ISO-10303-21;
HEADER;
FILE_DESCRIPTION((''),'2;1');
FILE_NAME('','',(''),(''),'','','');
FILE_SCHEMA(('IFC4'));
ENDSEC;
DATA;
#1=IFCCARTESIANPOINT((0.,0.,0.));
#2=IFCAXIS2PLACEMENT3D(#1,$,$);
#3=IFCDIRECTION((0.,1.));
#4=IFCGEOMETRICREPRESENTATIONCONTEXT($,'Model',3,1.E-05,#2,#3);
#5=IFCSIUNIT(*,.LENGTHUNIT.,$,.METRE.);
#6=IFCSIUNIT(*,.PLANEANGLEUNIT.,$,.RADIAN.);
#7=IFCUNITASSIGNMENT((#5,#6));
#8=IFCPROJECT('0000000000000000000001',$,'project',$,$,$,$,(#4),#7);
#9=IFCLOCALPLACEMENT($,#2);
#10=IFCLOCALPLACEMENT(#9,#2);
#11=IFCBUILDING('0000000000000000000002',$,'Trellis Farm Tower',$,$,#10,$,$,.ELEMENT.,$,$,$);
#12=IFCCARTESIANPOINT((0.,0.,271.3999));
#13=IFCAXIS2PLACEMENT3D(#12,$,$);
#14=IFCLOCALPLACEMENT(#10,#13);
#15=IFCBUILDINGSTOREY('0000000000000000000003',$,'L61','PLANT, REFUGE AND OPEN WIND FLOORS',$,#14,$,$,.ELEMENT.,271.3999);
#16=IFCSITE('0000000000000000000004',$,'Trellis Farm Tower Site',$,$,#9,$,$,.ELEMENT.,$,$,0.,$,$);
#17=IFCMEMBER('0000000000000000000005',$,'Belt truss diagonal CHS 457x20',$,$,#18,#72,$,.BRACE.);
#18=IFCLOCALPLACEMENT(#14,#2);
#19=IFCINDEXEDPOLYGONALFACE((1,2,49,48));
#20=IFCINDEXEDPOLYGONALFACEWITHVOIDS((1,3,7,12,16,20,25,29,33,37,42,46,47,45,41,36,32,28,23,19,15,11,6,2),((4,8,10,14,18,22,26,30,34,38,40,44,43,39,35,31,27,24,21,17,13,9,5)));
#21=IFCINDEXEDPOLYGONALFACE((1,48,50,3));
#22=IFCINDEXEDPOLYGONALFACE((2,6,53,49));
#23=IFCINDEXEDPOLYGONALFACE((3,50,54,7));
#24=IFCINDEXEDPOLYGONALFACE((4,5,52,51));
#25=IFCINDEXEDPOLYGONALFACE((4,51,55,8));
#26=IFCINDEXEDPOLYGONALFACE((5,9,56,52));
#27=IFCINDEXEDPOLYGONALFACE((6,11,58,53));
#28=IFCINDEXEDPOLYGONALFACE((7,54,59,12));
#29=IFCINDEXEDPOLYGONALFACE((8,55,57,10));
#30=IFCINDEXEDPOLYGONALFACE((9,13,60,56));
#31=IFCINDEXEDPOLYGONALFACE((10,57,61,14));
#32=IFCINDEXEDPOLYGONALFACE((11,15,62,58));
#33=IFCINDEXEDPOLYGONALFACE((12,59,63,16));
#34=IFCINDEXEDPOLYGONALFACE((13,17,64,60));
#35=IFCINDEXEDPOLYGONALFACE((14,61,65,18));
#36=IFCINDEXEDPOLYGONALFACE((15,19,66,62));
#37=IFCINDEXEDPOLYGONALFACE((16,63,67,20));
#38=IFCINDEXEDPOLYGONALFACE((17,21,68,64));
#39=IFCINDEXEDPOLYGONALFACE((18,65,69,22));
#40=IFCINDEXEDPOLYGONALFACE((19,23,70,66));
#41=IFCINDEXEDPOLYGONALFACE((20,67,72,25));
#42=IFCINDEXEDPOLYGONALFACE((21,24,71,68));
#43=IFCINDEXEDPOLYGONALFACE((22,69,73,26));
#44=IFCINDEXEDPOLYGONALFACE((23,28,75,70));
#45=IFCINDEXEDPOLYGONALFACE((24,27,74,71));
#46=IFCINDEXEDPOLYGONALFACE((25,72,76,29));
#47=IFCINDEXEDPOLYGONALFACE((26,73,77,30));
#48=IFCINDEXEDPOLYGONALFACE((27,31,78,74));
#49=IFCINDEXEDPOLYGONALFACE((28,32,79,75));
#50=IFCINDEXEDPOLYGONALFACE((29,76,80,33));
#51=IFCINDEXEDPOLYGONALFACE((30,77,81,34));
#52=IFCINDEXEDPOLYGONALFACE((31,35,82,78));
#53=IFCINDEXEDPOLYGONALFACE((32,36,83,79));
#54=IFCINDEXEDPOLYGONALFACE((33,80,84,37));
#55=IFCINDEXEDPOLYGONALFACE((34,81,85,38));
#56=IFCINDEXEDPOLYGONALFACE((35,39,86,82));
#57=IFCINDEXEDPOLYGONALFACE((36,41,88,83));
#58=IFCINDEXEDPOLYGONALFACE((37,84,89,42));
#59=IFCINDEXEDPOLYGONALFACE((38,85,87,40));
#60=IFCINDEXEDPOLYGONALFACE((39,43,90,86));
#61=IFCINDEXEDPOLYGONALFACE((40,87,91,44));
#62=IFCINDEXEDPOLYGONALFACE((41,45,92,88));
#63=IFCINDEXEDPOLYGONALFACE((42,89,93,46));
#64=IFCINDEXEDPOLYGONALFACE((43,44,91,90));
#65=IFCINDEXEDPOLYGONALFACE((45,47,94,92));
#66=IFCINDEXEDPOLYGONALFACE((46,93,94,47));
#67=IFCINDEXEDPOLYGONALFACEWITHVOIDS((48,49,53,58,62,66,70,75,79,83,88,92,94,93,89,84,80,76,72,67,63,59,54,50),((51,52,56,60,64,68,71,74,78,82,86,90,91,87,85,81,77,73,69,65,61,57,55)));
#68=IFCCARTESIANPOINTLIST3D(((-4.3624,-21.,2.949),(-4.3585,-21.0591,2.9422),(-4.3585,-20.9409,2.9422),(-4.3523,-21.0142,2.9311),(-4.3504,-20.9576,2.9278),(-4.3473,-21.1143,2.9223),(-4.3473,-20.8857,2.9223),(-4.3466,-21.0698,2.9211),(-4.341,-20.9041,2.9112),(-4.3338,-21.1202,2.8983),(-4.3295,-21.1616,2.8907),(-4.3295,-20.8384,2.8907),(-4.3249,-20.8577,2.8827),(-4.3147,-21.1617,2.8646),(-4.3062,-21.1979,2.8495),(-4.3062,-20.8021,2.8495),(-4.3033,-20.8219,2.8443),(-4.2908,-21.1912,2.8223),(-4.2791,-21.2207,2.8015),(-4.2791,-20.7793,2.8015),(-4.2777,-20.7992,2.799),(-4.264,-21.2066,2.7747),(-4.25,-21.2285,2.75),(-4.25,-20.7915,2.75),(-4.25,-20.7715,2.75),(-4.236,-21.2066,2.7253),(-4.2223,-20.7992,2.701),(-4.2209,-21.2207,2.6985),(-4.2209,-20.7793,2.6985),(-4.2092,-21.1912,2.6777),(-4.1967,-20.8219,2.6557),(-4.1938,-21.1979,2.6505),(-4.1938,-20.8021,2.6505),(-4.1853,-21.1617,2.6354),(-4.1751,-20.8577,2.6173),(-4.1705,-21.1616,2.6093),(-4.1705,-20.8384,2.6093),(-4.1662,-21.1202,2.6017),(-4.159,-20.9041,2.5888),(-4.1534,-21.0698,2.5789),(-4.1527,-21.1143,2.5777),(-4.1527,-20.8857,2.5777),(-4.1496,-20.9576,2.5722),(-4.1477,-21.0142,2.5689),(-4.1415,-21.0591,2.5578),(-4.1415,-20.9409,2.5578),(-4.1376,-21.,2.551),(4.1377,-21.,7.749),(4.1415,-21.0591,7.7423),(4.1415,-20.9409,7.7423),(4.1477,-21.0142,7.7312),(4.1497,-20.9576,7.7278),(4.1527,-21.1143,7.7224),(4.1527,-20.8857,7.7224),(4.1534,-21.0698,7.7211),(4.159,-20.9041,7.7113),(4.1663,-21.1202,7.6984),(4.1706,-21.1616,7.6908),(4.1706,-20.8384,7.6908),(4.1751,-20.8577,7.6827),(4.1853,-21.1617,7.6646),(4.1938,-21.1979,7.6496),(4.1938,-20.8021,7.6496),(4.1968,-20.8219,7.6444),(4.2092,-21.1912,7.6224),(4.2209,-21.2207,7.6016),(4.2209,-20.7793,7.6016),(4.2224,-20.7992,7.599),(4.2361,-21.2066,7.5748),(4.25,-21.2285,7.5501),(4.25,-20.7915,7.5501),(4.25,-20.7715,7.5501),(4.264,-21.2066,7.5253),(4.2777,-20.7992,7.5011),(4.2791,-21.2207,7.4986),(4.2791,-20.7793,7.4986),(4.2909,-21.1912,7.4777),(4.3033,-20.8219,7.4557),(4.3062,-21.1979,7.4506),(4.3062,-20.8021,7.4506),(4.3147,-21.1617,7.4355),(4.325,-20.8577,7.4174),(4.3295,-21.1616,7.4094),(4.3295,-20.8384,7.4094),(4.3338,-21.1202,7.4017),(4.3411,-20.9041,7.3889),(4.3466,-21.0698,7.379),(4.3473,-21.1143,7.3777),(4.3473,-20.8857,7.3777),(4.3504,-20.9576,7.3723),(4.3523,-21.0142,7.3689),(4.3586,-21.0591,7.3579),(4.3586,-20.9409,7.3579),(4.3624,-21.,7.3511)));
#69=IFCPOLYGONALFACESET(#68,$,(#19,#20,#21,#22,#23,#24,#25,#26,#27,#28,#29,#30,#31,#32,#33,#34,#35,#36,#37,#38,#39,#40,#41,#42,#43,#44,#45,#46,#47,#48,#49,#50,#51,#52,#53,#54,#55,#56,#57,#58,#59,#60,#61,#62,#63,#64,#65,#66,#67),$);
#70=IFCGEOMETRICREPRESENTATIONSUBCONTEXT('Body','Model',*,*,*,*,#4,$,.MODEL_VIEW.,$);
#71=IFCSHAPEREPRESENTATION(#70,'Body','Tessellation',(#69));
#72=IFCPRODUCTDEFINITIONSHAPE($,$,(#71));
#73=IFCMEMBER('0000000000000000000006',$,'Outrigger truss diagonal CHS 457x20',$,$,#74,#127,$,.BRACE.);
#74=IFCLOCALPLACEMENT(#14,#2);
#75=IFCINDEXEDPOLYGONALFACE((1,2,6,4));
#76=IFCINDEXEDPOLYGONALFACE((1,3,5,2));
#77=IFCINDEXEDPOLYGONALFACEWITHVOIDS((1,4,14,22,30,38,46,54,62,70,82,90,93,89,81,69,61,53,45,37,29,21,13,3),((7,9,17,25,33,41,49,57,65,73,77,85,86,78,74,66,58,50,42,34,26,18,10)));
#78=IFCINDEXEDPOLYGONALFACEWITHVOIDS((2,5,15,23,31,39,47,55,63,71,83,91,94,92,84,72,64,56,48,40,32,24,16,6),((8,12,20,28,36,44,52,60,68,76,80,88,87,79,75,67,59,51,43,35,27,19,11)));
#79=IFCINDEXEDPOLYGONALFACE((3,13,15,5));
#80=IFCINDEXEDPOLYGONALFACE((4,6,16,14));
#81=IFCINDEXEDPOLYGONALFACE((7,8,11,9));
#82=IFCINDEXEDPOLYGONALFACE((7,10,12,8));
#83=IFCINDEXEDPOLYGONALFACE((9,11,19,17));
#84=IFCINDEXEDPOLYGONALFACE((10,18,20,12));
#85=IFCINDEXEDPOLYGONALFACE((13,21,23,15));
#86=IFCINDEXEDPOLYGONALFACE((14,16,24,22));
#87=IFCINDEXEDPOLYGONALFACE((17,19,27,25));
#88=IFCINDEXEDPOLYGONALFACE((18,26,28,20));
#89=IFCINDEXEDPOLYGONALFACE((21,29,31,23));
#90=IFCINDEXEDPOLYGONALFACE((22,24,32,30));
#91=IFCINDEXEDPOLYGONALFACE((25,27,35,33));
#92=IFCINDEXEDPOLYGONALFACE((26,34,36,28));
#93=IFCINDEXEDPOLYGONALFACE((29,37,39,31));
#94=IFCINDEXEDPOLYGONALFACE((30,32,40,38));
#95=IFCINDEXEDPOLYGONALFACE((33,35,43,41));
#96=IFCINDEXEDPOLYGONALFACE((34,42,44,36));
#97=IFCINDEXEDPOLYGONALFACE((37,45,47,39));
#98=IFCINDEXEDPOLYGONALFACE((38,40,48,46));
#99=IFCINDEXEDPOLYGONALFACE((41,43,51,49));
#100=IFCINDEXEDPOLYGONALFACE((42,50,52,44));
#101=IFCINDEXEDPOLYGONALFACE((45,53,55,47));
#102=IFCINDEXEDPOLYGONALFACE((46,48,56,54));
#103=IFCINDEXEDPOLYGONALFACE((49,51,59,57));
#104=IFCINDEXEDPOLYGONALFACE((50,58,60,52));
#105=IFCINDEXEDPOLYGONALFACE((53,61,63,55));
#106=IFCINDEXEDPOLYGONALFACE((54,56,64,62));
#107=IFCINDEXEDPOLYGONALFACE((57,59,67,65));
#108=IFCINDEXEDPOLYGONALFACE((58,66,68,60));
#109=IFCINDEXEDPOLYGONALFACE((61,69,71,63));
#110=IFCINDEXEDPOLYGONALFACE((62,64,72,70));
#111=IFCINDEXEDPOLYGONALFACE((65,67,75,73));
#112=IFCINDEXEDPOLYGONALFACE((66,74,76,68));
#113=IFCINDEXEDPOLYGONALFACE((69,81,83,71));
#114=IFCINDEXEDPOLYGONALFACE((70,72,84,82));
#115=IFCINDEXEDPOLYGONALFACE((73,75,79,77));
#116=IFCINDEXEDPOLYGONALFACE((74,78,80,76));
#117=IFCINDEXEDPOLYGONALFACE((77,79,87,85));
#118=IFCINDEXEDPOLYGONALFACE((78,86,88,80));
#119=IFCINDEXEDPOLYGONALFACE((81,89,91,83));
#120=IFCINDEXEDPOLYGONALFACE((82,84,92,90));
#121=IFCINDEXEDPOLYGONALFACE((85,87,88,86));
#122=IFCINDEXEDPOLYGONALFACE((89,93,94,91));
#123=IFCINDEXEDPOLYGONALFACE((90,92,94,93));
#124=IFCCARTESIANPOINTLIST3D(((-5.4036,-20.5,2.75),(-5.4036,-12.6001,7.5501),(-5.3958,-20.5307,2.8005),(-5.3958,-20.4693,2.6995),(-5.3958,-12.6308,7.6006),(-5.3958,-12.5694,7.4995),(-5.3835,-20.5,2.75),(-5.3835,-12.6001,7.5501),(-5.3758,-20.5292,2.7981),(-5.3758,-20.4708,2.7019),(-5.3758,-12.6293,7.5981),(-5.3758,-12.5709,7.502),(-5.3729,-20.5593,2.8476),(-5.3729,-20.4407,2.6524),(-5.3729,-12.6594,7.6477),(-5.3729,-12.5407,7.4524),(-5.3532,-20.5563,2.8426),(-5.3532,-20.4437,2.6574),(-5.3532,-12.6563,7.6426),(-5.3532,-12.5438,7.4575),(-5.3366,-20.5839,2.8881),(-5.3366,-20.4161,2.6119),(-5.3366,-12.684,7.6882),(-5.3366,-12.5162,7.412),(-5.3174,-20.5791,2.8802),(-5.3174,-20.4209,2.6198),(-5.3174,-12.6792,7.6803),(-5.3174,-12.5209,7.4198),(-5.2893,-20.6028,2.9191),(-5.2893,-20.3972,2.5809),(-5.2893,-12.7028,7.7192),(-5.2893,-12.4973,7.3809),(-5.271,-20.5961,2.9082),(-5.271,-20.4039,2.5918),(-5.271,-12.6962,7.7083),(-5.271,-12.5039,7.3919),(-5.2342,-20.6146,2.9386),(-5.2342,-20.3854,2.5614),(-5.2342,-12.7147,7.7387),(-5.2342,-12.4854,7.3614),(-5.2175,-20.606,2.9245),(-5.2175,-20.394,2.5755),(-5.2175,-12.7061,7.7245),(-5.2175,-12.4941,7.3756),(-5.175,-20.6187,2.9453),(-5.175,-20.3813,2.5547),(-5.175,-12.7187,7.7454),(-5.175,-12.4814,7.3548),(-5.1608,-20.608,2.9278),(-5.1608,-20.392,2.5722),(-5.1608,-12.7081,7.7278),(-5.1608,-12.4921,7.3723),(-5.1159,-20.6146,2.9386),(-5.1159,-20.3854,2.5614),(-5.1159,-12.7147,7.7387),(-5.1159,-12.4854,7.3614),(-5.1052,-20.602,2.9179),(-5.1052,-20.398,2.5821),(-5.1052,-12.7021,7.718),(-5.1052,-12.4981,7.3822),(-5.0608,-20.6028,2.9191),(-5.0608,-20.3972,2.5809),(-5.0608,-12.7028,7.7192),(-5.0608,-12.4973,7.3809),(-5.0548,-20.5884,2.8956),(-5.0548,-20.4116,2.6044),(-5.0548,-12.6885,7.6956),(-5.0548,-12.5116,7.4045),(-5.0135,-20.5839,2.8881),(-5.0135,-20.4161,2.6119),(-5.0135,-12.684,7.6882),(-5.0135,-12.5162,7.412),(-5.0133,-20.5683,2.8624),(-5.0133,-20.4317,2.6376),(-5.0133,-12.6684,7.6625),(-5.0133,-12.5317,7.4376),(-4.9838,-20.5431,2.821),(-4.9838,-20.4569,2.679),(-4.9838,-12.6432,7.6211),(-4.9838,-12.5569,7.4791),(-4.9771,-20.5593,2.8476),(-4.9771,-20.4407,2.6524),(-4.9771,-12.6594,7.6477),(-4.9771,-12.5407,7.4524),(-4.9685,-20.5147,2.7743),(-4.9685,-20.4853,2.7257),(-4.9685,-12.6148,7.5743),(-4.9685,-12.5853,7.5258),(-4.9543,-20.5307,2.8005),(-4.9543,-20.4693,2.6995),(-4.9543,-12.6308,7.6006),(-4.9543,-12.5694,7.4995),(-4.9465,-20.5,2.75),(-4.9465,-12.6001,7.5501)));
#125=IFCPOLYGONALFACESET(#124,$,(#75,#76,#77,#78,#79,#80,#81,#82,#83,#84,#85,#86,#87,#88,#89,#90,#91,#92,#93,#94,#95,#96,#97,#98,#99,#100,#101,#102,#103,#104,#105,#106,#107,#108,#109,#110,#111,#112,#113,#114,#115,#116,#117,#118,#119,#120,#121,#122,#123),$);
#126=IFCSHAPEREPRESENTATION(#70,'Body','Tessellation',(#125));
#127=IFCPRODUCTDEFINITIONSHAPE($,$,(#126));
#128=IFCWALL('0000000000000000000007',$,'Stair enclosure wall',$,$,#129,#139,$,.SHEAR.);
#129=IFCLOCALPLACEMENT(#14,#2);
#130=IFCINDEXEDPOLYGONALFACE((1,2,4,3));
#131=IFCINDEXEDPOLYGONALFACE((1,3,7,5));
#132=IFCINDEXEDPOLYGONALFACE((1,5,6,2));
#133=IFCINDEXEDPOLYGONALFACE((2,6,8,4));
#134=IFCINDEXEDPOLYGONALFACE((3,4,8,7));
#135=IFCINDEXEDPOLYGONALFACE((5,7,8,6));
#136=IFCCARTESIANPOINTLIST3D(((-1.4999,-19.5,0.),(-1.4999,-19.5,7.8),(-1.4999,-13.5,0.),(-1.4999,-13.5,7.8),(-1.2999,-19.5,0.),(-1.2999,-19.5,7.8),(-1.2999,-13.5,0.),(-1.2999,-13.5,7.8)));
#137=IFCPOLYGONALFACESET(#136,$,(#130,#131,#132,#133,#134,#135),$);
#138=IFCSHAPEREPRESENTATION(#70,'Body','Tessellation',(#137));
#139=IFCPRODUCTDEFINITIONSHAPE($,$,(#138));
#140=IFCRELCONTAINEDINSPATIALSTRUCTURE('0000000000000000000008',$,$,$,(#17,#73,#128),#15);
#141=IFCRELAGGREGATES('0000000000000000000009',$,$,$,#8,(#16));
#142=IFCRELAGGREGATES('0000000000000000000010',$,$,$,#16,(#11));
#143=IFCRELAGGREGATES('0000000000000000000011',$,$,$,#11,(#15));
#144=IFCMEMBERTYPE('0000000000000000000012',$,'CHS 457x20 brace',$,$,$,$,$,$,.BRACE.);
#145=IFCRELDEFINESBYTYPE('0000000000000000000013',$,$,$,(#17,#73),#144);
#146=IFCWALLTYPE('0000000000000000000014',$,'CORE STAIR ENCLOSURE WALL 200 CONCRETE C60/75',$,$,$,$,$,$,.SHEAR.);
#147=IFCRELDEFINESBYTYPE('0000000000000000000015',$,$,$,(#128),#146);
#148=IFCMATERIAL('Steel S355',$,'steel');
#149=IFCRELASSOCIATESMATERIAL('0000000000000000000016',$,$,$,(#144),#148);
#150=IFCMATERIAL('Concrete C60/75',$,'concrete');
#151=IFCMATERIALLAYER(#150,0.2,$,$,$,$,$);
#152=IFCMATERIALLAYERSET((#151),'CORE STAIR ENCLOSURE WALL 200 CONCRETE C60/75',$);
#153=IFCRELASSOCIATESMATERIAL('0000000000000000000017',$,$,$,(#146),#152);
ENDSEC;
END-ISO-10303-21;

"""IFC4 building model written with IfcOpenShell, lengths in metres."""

from ifc_helpers import new_model, si_unit, direction, frame, frame_2d, origin, origin_2d, place, context, subcontext, project, spatial, rectangle, hollow_circle, extrude, source, transform, mapped, material, layer, layer_set, material_profile, profile_set, type_object, element, save


model = new_model("IFC4")

# Units and contexts
model_context = context("Model", 3, precision=1e-05, world=origin(), true_north=direction((0.0, 1.0)))
body_context = subcontext(model_context, "Body", "Model", "MODEL_VIEW")
ifc_project = project(units=[si_unit("LENGTHUNIT", "METRE"), si_unit("PLANEANGLEUNIT", "RADIAN")], contexts=[model_context])

# Site, building, storey
site_placement = place(None, origin())
site = spatial("IfcSite", under=ifc_project, at=site_placement, Name="Trellis Farm Tower Site", CompositionType="ELEMENT", RefElevation=0.0)
building_placement = place(site_placement, origin())
building = spatial("IfcBuilding", under=site, at=building_placement, Name="Trellis Farm Tower", CompositionType="ELEMENT")
storey_placement = place(building_placement, frame((0.0, 0.0, 271.3999)))
storey = spatial("IfcBuildingStorey", under=building, at=storey_placement, Name="L61", Description="PLANT, REFUGE AND OPEN WIND FLOORS", CompositionType="ELEMENT", Elevation=271.3999)

# Shared definitions
ifc_material_1 = material(Name="Concrete C60/75", Category="concrete")

# Shared definitions
ifc_material_2 = material(Name="Steel S355", Category="steel")

# Members
ifc_material_profile_1 = material_profile(ifc_material_2, hollow_circle(Radius=0.2285, WallThickness=0.02, at=origin_2d()), Name="CHS 457x20")
ifc_profile_set_1 = profile_set([ifc_material_profile_1], Name="Steel S355")
member_type = type_object("IfcMemberType", Name="CHS 457x20 brace", PredefinedType="BRACE", material=ifc_profile_set_1)
shared_shape_1 = source(origin(), body_context, "Body", "SweptSolid", [
    extrude(hollow_circle(Radius=0.2285, WallThickness=0.02, at=origin_2d()), origin(), (0.0, 0.0, 1.0), 9.7617),
])
member_1_placement = place(storey_placement, frame((-4.25, -21.0, 2.75), z_axis=(0.870751, 0.0, 0.491723), x_axis=(0.0, 1.0, 0.0)))
element("IfcMember", 1, at=member_1_placement, inside=storey, type_object=member_type, Name="Belt truss diagonal CHS 457x20", PredefinedType="BRACE", context=body_context, shape_type="MappedRepresentation", body=[
    mapped(shared_shape_1, transform((0.0, 0.0, 0.0))),
])
shared_shape_2 = source(origin(), body_context, "Body", "SweptSolid", [
    extrude(hollow_circle(Radius=0.2285, WallThickness=0.02, at=origin_2d()), origin(), (0.0, 0.0, 1.0), 9.2439),
])
member_2_placement = place(storey_placement, frame((-5.175, -20.5, 2.75), z_axis=(0.0, 0.854611, 0.519269), x_axis=(-1.0, 0.0, 0.0)))
element("IfcMember", 2, at=member_2_placement, inside=storey, type_object=member_type, Name="Outrigger truss diagonal CHS 457x20", PredefinedType="BRACE", context=body_context, shape_type="MappedRepresentation", body=[
    mapped(shared_shape_2, transform((0.0, 0.0, 0.0))),
])

# Wall
ifc_layer = layer(ifc_material_1, 0.2)
ifc_layer_set = layer_set([ifc_layer], Name="CORE STAIR ENCLOSURE WALL 200 CONCRETE C60/75")
wall_type = type_object("IfcWallType", Name="CORE STAIR ENCLOSURE WALL 200 CONCRETE C60/75", PredefinedType="SHEAR", material=ifc_layer_set)
shared_shape_3 = source(origin(), body_context, "Body", "SweptSolid", [
    extrude(rectangle(XDim=6.0, YDim=0.2, at=frame_2d((3.0, 0.0))), origin(), (0.0, 0.0, 1.0), 7.8),
])
wall_placement = place(storey_placement, frame((-1.3999, -13.5, 0.0), z_axis=(0.0, 0.0, 1.0), x_axis=(0.0, -1.0, 0.0)))
element("IfcWall", 3, at=wall_placement, inside=storey, type_object=wall_type, Name="Stair enclosure wall", PredefinedType="SHEAR", context=body_context, shape_type="MappedRepresentation", body=[
    mapped(shared_shape_3, transform((0.0, 0.0, 0.0))),
])

save(model, "model.ifc")
